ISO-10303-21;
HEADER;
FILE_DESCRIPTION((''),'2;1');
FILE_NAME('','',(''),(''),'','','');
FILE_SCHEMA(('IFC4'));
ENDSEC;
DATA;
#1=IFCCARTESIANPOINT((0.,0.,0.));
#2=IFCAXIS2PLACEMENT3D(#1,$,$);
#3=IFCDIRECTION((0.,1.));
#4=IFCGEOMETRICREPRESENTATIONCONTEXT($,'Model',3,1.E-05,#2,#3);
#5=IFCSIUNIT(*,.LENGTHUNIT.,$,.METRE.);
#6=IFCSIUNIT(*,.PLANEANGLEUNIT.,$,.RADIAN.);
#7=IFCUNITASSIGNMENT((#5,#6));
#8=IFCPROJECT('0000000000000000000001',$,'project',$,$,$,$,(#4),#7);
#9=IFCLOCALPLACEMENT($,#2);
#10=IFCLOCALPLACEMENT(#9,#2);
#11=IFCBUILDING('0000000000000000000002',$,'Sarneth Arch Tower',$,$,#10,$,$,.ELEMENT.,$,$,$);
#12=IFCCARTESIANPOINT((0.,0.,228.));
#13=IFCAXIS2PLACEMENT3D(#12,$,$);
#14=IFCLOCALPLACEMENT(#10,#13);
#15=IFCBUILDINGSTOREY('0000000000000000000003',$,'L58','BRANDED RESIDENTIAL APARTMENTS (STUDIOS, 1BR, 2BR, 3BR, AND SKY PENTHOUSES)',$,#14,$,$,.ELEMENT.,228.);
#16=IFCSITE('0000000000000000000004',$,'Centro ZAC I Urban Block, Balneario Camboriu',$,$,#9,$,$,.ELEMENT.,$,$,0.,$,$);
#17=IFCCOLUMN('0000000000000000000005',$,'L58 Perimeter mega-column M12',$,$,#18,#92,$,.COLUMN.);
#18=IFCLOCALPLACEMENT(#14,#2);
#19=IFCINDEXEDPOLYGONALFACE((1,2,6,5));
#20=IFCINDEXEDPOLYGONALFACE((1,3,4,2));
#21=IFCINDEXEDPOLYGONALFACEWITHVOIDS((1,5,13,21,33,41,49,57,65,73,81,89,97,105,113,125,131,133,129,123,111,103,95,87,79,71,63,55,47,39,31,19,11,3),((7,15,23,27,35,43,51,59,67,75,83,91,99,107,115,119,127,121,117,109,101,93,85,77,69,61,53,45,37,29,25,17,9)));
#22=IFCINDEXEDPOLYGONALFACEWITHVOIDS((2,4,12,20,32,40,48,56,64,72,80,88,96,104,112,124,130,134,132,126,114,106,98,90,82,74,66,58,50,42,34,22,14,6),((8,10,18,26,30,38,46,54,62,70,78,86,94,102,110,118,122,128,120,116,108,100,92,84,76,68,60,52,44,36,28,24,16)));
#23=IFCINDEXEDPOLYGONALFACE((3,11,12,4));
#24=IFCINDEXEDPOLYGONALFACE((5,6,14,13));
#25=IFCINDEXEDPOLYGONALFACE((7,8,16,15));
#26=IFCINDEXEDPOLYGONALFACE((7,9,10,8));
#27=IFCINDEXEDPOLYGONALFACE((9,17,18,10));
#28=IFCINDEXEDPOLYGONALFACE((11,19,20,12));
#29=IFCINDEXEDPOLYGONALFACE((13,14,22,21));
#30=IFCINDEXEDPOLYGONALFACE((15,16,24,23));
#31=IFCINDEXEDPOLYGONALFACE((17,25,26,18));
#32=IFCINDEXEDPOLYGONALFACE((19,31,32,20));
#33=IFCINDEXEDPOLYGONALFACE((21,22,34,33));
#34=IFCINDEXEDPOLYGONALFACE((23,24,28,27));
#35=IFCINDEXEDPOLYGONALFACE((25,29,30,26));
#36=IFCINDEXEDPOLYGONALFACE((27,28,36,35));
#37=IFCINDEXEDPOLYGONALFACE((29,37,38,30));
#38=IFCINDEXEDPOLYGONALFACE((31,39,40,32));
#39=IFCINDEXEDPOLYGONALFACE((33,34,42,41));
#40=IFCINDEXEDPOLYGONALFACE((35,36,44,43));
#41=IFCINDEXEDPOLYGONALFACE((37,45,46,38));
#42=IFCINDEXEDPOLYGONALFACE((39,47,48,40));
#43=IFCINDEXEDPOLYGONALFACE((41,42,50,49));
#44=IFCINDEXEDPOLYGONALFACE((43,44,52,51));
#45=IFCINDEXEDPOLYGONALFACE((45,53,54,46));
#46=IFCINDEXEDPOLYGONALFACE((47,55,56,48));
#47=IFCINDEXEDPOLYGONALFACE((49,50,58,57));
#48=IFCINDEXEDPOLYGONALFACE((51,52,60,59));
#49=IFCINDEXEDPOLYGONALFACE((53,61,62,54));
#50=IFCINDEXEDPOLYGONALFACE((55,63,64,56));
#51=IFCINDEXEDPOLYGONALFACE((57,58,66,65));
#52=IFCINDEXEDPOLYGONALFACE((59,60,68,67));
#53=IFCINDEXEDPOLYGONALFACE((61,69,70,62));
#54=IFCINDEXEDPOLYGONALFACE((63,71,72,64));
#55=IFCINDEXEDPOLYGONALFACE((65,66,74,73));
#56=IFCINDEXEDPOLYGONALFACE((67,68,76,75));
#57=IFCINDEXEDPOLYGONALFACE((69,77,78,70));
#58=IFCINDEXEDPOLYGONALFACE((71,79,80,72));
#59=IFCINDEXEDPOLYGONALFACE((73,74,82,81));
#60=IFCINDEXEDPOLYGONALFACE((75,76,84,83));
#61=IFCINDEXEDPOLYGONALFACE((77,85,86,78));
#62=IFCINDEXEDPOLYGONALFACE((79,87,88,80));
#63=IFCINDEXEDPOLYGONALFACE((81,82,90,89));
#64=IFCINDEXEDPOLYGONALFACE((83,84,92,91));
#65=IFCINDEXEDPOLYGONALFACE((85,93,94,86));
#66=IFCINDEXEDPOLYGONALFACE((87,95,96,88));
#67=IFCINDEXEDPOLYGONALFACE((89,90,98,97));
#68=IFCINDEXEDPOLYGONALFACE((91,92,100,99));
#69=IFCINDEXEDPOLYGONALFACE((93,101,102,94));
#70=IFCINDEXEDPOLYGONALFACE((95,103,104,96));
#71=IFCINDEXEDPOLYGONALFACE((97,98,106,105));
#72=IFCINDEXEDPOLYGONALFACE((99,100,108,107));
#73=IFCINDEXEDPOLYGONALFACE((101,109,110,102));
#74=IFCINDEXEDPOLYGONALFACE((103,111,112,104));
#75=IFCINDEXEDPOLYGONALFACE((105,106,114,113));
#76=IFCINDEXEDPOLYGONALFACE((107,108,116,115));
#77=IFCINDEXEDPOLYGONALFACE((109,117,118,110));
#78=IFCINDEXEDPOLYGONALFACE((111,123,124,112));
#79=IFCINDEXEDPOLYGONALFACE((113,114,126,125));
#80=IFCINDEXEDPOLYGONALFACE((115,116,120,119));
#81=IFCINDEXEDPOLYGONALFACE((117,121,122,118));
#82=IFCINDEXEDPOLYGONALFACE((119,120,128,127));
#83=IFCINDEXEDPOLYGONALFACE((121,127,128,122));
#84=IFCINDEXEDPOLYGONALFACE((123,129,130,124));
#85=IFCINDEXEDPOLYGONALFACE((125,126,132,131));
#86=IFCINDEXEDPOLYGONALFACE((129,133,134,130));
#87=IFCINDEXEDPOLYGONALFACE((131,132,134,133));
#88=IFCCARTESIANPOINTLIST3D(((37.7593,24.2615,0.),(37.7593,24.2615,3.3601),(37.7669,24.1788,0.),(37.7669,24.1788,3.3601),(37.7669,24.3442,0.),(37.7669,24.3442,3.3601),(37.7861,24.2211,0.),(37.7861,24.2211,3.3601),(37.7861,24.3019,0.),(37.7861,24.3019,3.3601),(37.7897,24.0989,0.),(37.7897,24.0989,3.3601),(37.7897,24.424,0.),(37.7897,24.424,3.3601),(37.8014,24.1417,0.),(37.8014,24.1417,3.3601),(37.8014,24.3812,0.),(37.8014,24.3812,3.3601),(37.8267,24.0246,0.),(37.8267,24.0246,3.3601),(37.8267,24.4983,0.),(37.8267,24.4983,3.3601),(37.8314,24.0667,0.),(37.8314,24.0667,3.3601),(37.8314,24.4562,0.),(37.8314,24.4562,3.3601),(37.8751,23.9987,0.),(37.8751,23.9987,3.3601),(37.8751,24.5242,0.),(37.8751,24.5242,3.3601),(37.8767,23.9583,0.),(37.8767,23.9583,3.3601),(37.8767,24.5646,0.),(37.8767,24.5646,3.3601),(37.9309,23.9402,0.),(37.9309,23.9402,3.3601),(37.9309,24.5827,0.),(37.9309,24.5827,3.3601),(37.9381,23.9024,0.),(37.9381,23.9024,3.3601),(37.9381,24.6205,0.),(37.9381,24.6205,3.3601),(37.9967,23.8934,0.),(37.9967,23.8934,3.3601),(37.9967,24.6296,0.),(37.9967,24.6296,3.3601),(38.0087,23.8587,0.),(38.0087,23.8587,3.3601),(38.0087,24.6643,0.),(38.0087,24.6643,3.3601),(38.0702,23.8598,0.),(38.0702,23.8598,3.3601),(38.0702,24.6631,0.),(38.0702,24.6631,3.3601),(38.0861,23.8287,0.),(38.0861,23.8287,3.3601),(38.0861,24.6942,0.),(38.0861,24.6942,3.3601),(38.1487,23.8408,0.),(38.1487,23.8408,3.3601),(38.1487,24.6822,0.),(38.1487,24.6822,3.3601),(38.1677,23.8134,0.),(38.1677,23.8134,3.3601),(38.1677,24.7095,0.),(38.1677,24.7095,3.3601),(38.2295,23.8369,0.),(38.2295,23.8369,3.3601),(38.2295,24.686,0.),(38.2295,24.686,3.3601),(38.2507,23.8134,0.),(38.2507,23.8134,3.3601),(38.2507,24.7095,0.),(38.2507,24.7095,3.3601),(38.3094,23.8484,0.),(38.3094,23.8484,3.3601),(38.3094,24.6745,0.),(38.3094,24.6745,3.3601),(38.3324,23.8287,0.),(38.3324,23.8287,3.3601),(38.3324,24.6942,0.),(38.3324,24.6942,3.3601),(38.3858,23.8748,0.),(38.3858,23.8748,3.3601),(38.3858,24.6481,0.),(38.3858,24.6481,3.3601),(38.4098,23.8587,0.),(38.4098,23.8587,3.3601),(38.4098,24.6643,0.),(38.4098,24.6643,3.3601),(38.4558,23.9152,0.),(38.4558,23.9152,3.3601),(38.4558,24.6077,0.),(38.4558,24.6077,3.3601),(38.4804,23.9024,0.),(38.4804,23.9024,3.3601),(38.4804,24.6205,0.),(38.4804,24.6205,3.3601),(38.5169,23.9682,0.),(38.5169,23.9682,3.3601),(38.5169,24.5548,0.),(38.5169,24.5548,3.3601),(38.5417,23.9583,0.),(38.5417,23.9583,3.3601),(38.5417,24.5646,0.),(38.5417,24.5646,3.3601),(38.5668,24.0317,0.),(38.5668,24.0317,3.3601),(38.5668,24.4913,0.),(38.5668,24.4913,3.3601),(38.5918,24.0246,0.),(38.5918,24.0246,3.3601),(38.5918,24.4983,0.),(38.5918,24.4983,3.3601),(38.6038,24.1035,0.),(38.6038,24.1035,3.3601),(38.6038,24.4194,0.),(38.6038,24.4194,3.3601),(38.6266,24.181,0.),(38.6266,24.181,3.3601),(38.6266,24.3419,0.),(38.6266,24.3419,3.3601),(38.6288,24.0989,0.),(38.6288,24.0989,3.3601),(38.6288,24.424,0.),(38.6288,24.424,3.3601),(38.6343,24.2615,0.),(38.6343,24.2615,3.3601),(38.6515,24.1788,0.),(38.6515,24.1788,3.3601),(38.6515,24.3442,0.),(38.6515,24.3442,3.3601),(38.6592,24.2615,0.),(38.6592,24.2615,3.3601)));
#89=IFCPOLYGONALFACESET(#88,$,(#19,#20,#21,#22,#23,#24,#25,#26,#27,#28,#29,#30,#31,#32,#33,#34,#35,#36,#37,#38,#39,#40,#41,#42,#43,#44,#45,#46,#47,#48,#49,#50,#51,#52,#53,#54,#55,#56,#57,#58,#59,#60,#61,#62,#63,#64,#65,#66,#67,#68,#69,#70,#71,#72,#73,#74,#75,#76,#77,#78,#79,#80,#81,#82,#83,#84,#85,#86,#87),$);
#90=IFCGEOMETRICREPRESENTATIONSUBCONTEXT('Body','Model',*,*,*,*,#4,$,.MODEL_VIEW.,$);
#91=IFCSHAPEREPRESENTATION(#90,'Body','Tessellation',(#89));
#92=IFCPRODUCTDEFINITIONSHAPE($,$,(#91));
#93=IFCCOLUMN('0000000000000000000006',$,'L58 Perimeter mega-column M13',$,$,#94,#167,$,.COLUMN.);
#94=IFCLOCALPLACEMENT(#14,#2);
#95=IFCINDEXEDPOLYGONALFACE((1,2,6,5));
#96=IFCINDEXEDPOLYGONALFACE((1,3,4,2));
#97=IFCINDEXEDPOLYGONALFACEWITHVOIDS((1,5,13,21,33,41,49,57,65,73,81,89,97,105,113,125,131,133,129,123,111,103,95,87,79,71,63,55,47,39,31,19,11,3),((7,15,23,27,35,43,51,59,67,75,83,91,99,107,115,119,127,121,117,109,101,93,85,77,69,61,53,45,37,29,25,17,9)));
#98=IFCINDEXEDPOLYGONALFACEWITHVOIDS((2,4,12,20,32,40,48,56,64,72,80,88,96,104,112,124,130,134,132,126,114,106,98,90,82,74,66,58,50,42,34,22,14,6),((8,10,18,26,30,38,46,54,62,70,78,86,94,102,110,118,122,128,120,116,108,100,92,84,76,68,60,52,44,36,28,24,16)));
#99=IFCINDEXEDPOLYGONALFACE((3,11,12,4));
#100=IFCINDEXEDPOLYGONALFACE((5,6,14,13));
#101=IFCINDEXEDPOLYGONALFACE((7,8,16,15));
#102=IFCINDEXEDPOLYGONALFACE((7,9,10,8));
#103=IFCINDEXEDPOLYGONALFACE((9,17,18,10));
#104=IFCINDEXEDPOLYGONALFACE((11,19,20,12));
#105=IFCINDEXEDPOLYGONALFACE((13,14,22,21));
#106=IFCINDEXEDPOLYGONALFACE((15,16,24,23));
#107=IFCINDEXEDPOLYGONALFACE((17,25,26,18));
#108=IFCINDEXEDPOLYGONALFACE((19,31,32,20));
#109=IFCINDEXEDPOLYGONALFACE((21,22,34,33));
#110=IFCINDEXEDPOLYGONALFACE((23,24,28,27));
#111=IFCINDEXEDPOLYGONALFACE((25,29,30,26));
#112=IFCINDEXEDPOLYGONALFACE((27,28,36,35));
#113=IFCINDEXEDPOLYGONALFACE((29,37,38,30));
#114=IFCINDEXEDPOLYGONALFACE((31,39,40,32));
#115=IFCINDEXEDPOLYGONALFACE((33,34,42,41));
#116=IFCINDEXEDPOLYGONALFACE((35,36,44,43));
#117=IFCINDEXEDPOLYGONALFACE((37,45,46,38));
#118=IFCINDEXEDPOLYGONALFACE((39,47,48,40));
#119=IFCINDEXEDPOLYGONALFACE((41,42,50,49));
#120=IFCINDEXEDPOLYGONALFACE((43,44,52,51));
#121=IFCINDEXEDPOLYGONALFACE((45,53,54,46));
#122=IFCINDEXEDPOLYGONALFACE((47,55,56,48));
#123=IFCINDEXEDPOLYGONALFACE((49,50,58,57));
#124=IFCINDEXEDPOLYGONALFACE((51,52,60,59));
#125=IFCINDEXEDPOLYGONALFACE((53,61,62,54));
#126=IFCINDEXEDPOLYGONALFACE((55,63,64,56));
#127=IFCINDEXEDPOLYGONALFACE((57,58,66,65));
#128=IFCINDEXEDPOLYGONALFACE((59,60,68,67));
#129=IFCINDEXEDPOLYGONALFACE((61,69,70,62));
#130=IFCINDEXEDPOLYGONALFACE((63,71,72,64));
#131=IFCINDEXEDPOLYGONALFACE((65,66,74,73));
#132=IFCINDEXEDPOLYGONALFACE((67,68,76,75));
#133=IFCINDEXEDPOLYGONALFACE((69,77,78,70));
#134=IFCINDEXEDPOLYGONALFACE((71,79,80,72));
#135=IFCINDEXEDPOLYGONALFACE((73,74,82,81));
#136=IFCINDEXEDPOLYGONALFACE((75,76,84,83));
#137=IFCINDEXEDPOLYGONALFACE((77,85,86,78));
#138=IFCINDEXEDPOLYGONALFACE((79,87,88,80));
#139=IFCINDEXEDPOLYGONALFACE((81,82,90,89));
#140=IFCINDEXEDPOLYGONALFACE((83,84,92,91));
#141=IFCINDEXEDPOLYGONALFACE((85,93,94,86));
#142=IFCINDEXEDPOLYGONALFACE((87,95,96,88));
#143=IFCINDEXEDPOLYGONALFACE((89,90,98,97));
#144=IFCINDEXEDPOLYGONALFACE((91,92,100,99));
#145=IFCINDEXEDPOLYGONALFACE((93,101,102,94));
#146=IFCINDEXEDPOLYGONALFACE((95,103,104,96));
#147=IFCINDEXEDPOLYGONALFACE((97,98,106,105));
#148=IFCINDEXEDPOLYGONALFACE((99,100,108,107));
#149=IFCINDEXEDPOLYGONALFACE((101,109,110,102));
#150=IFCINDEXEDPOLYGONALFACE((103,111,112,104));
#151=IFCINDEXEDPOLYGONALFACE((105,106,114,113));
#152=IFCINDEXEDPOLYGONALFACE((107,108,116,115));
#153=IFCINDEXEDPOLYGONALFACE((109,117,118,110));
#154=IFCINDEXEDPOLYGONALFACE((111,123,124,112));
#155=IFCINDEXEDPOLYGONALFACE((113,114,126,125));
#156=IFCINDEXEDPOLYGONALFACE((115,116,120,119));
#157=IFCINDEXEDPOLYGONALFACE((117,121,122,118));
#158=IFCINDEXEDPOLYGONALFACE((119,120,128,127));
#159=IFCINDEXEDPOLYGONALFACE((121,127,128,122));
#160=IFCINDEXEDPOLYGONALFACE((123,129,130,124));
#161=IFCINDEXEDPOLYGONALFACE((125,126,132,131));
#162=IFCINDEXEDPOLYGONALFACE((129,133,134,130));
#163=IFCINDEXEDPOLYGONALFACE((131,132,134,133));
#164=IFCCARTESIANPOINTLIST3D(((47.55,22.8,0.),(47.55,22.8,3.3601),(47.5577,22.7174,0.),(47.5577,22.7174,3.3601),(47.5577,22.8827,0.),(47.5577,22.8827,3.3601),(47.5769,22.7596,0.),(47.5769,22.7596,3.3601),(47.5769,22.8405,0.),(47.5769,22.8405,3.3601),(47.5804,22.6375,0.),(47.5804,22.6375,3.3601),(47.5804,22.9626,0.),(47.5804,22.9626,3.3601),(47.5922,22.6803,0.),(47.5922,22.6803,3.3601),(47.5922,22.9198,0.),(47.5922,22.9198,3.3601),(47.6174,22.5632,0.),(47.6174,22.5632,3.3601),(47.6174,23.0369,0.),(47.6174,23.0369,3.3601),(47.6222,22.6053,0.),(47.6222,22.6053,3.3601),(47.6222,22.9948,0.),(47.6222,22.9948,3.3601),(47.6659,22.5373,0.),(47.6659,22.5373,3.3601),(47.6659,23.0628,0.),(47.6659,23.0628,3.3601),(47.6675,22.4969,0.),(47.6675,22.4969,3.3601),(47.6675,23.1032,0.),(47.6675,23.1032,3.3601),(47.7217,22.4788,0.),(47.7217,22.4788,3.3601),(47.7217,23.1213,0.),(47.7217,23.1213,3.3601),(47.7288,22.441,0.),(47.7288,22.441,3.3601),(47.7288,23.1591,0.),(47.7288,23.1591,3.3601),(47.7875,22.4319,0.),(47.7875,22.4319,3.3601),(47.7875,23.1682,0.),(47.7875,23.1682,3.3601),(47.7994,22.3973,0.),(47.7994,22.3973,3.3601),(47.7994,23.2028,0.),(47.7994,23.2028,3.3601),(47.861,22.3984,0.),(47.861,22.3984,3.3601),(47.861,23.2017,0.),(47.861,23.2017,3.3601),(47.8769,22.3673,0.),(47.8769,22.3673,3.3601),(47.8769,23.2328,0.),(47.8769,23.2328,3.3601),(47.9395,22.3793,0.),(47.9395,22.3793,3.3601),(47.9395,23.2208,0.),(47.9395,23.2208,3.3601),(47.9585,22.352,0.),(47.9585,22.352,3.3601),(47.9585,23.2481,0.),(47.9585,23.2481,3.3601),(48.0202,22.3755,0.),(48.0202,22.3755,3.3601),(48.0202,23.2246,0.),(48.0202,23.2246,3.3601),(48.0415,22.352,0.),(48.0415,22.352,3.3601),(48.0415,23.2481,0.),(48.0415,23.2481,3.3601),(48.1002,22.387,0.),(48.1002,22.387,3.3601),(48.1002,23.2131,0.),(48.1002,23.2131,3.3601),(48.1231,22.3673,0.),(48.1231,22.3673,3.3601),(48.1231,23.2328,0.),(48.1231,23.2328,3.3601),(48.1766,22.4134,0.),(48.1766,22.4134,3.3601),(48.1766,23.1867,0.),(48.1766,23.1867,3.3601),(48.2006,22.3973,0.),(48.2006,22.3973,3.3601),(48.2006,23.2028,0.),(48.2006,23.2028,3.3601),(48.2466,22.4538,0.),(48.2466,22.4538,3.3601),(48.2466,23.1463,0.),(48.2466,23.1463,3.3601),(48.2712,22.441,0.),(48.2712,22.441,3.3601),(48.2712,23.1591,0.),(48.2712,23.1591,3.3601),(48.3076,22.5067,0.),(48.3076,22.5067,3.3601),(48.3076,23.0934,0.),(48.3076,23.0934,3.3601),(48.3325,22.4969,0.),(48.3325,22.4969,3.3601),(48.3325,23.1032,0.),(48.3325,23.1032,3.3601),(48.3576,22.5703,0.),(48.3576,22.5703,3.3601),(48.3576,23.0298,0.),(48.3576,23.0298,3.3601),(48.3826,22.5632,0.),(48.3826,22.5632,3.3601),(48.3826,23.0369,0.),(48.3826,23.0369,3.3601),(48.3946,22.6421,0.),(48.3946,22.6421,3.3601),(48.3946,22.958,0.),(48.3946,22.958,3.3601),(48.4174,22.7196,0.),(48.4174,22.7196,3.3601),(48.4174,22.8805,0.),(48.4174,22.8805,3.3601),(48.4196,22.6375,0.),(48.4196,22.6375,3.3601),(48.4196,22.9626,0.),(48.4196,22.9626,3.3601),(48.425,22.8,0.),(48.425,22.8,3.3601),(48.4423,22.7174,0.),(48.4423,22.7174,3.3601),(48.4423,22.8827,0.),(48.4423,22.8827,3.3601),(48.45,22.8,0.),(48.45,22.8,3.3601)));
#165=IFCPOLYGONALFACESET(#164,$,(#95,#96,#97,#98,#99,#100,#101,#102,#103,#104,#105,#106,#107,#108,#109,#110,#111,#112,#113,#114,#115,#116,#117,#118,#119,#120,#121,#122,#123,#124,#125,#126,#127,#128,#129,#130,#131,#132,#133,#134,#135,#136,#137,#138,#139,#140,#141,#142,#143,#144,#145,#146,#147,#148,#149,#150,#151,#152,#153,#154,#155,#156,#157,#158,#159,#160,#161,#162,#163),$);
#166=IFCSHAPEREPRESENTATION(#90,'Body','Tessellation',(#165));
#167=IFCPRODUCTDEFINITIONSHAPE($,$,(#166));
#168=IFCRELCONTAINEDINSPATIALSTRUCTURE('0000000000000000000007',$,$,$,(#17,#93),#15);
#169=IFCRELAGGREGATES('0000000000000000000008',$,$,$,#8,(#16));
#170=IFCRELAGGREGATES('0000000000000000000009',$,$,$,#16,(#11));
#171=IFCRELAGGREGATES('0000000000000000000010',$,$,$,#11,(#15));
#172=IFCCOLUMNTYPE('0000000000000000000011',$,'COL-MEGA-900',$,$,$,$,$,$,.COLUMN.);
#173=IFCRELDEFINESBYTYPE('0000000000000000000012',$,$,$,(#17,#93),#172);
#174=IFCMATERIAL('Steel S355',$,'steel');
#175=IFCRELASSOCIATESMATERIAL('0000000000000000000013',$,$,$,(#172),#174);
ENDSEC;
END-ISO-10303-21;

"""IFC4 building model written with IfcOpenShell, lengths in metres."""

from ifc_helpers import new_model, si_unit, direction, frame, origin, origin_2d, place, context, subcontext, project, spatial, hollow_circle, extrude, material, material_profile, profile_set, type_object, element, save


model = new_model("IFC4")

# Units and contexts
model_context = context("Model", 3, precision=1e-05, world=origin(), true_north=direction((0.0, 1.0)))
body_context = subcontext(model_context, "Body", "Model", "MODEL_VIEW")
ifc_project = project(units=[si_unit("LENGTHUNIT", "METRE"), si_unit("PLANEANGLEUNIT", "RADIAN")], contexts=[model_context])

# Site, building, storey
site_placement = place(None, origin())
site = spatial("IfcSite", under=ifc_project, at=site_placement, Name="Centro ZAC I Urban Block, Balneario Camboriu", CompositionType="ELEMENT", RefElevation=0.0)
building_placement = place(site_placement, origin())
building = spatial("IfcBuilding", under=site, at=building_placement, Name="Sarneth Arch Tower", CompositionType="ELEMENT")
storey_placement = place(building_placement, frame((0.0, 0.0, 228.0)))
storey = spatial("IfcBuildingStorey", under=building, at=storey_placement, Name="L58", Description="BRANDED RESIDENTIAL APARTMENTS (STUDIOS, 1BR, 2BR, 3BR, AND SKY PENTHOUSES)", CompositionType="ELEMENT", Elevation=228.0)

# Columns
ifc_material_1 = material(Name="Steel S355", Category="steel")
ifc_material_profile_1 = material_profile(ifc_material_1, hollow_circle(Radius=0.45, WallThickness=0.0249, at=origin_2d()), Name="CHS900x25")
ifc_profile_set_1 = profile_set([ifc_material_profile_1], Name="Steel S355")
column_type = type_object("IfcColumnType", Name="COL-MEGA-900", PredefinedType="COLUMN", material=ifc_profile_set_1)
for number, where, z_axis, x_axis, name in (
    (1, (38.2092, 24.2615, 0.0), (0.0, 0.0, 1.0), (1.0, 0.0, 0.0), "L58 Perimeter mega-column M12"),
    (2, (48.0, 22.8, 0.0), (0.0, 0.0, 1.0), (1.0, 0.0, 0.0), "L58 Perimeter mega-column M13"),
):
    element("IfcColumn", number, at=place(storey_placement, frame(where, z_axis=z_axis, x_axis=x_axis)), inside=storey, type_object=column_type, Name=name, PredefinedType="COLUMN", context=body_context, shape_type="SweptSolid", body=[
        extrude(hollow_circle(Radius=0.45, WallThickness=0.0249, at=origin_2d()), origin(), (0.0, 0.0, 1.0), 3.3601),
    ])

save(model, "model.ifc")
